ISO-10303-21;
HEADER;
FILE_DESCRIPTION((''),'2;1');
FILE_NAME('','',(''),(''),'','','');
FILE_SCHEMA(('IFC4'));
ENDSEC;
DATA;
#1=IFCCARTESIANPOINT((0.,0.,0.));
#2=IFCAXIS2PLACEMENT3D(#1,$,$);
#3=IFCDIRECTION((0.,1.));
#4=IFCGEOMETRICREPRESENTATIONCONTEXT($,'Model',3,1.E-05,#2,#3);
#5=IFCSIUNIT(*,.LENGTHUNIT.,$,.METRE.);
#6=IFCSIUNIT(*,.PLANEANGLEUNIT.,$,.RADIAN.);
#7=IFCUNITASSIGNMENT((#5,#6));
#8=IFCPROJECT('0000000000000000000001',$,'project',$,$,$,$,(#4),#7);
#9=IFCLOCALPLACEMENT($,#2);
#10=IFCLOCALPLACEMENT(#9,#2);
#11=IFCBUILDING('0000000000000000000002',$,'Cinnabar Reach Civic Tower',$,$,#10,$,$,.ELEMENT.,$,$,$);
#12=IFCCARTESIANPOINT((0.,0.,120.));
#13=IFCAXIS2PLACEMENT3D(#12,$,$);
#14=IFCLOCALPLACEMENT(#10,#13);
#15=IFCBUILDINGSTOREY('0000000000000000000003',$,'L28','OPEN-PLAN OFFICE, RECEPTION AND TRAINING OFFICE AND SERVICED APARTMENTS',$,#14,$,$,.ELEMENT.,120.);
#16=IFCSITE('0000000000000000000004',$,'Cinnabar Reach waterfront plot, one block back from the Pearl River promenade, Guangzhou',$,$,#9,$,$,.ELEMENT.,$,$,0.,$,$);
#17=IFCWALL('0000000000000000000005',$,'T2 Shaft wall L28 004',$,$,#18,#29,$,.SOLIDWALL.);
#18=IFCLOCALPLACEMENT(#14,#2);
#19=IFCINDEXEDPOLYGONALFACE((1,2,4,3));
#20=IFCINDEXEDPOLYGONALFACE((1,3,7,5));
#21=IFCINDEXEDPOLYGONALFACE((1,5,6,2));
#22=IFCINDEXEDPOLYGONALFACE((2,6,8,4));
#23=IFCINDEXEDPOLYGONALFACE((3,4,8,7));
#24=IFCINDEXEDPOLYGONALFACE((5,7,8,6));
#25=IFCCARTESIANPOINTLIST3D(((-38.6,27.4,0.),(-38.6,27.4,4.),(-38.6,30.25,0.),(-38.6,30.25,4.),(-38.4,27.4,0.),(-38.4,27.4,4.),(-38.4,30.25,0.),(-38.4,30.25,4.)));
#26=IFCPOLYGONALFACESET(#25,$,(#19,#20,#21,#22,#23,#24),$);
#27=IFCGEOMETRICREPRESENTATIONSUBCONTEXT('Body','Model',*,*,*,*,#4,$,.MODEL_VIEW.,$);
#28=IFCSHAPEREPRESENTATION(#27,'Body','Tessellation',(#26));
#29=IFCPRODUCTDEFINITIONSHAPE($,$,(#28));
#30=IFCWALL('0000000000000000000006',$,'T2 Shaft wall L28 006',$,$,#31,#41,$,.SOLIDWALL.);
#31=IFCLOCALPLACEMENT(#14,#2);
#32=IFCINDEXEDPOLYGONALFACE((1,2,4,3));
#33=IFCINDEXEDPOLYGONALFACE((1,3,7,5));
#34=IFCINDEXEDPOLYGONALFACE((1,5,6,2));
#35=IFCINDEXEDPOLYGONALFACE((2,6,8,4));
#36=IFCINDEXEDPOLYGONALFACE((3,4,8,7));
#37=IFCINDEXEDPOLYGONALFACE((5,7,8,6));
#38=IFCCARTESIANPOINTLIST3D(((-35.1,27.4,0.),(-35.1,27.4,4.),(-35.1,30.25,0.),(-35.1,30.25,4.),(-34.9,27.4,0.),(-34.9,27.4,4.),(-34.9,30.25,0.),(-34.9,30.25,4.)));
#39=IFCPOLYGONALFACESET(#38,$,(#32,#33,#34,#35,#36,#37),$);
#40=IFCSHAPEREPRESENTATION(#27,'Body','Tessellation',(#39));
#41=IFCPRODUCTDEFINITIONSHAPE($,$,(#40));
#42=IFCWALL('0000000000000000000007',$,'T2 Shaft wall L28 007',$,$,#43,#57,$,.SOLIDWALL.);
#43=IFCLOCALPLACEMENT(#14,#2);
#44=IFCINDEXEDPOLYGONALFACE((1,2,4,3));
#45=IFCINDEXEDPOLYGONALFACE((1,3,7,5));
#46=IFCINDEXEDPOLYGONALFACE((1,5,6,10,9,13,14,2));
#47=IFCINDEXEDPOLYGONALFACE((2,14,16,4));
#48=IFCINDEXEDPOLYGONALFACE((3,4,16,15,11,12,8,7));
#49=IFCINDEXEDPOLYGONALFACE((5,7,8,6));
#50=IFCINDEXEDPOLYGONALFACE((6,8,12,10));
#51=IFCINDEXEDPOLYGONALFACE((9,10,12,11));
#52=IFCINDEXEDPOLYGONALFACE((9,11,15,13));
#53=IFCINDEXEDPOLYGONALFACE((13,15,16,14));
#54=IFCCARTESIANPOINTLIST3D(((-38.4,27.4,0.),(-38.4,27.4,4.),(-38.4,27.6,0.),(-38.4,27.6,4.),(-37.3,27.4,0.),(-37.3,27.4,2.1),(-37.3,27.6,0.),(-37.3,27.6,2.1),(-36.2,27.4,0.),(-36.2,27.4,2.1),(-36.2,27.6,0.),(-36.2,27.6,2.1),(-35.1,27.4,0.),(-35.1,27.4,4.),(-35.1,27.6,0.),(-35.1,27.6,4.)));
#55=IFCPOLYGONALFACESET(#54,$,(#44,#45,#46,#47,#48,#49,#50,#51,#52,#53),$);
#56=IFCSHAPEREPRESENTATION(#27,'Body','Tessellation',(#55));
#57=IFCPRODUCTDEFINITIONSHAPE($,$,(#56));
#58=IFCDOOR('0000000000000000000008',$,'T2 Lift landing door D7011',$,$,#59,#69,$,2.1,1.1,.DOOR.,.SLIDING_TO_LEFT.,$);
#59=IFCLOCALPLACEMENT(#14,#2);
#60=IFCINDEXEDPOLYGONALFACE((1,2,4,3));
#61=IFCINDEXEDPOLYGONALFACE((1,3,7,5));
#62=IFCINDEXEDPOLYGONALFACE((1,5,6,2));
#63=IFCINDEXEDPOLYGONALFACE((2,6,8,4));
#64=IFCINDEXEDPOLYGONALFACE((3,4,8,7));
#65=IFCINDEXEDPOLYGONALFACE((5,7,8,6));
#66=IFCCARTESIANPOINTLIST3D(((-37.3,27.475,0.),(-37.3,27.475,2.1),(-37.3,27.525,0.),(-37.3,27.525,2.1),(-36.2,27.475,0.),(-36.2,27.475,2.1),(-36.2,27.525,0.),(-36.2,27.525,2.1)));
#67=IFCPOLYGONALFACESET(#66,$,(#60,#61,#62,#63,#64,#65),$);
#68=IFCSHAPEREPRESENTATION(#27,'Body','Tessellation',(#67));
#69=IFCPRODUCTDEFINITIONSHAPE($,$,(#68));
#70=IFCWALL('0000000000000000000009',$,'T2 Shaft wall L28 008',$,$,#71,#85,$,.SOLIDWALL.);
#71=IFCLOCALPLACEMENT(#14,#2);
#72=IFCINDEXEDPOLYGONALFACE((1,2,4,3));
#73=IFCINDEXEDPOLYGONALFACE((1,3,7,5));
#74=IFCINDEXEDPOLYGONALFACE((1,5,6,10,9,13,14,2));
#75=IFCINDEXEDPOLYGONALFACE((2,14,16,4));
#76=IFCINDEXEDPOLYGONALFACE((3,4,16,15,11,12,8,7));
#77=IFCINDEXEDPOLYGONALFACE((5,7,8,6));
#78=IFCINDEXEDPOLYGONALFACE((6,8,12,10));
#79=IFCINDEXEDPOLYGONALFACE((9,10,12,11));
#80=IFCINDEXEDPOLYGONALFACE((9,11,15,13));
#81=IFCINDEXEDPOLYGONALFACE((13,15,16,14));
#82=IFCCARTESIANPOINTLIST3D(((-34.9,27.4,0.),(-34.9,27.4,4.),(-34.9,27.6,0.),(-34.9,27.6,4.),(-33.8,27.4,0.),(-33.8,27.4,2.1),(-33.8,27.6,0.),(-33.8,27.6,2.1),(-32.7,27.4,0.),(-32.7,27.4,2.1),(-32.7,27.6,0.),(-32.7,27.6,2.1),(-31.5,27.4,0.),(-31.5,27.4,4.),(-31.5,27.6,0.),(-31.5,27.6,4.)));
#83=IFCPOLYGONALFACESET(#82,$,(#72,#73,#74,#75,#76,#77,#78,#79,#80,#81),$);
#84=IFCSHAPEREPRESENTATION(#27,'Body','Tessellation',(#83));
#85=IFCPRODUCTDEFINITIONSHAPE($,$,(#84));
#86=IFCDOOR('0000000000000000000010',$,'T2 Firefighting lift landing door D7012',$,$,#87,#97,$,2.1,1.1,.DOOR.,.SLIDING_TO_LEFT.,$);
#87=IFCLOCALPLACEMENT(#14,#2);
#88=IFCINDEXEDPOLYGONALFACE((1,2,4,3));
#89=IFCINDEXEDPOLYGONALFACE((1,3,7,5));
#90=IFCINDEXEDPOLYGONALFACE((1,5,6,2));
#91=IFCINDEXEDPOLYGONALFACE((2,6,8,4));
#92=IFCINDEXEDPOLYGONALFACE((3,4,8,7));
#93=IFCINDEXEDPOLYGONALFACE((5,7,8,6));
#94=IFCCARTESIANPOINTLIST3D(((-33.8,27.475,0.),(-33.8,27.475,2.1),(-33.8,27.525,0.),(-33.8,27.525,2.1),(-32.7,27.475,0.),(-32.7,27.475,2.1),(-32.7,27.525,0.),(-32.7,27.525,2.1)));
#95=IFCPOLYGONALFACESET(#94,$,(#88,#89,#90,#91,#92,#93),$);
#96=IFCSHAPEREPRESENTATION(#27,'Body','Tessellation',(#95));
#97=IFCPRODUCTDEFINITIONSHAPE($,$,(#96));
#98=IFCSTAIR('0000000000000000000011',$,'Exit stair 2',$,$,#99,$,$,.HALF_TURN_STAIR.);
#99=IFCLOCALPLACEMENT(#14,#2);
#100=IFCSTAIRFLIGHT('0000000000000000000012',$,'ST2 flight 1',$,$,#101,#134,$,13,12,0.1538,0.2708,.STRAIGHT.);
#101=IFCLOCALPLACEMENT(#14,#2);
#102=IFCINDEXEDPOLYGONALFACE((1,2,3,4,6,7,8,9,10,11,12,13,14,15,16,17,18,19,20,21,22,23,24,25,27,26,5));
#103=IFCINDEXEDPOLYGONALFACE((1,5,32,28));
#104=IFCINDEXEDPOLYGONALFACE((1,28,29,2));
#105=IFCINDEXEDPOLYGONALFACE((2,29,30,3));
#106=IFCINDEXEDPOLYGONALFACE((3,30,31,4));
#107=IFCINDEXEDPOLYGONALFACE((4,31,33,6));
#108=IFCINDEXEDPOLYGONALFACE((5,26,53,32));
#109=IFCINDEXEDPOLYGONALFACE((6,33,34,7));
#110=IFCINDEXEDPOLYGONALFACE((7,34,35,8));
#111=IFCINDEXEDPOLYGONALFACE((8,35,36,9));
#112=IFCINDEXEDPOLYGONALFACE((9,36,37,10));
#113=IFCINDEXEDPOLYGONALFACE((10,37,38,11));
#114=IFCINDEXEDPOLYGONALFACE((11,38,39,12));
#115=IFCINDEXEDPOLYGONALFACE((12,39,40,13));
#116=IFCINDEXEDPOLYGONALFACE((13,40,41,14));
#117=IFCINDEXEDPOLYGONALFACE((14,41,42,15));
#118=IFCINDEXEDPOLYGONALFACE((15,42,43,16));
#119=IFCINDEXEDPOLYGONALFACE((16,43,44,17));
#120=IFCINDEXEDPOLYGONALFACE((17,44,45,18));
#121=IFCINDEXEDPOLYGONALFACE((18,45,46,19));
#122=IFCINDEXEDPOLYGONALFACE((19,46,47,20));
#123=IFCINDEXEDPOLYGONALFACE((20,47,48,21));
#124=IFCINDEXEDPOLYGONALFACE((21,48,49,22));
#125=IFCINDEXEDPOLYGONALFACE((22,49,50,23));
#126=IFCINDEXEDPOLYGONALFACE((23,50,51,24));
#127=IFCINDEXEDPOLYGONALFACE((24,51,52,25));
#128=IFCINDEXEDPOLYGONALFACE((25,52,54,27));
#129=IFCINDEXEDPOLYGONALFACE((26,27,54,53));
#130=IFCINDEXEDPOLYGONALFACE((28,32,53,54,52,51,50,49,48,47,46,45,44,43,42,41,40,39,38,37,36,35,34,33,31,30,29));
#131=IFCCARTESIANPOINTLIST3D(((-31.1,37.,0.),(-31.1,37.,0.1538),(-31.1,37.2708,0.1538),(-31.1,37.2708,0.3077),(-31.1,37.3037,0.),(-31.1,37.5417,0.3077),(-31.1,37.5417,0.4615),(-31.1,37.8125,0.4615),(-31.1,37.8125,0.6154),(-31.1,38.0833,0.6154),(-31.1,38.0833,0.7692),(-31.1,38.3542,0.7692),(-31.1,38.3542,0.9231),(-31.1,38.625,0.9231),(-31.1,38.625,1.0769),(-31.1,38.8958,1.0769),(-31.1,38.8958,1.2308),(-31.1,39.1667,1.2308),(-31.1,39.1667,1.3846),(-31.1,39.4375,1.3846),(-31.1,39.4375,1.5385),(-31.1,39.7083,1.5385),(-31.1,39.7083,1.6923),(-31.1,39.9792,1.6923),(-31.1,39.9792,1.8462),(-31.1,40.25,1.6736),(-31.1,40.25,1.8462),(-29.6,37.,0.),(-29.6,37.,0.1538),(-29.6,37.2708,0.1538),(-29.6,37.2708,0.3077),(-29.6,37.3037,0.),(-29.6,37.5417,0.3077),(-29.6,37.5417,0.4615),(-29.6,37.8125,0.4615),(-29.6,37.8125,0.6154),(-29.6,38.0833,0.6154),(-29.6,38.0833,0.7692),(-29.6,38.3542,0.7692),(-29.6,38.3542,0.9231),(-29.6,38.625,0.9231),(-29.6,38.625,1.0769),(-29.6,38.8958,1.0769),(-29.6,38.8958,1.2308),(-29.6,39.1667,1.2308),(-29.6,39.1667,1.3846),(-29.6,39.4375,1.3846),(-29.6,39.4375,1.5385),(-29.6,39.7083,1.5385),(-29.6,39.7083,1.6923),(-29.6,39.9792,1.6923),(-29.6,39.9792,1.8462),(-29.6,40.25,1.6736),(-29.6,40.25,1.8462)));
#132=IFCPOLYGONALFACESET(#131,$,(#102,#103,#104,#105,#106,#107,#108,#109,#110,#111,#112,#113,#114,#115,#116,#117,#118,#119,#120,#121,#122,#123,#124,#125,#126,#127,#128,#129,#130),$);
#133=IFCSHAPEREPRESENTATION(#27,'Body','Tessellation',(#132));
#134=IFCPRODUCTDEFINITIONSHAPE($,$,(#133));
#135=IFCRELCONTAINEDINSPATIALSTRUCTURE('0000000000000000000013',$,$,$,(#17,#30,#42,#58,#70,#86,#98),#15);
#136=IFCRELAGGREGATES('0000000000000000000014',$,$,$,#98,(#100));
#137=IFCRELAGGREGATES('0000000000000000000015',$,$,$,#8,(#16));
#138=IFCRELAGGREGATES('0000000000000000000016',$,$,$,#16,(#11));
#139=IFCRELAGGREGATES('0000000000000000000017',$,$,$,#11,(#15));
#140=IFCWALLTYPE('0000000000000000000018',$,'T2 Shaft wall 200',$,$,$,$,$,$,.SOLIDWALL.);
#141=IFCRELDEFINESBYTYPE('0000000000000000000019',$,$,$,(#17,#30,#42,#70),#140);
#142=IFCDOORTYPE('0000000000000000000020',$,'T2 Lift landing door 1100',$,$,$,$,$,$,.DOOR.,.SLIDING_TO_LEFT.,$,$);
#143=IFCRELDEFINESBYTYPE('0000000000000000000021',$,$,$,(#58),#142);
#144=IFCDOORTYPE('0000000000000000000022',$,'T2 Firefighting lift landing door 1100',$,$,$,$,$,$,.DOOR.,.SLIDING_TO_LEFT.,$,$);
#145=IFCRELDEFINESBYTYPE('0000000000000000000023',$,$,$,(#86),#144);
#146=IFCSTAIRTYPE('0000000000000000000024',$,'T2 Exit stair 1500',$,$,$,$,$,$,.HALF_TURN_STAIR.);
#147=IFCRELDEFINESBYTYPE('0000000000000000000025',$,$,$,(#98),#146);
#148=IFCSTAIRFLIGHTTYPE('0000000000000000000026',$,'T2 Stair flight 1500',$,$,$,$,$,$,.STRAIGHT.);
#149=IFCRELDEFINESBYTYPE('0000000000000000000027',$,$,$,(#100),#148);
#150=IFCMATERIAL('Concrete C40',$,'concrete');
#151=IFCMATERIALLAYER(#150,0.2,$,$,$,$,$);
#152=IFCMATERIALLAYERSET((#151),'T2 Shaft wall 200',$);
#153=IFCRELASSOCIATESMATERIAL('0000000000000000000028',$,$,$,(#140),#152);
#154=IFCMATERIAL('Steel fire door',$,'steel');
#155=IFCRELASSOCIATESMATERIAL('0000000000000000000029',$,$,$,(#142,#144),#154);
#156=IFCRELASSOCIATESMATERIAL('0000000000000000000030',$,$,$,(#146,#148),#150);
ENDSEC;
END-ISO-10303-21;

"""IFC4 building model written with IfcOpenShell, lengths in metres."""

from ifc_helpers import new_model, si_unit, direction, frame, frame_2d, origin, place, context, subcontext, project, spatial, polyline, rectangle, outline, extrude, material, layer, layer_set, type_object, element, fill, aggregate, save


model = new_model("IFC4")

# Units and contexts
model_context = context("Model", 3, precision=1e-05, world=origin(), true_north=direction((0.0, 1.0)))
body_context = subcontext(model_context, "Body", "Model", "MODEL_VIEW")
ifc_project = project(units=[si_unit("LENGTHUNIT", "METRE"), si_unit("PLANEANGLEUNIT", "RADIAN")], contexts=[model_context])

# Site, building, storey
site_placement = place(None, origin())
site = spatial("IfcSite", under=ifc_project, at=site_placement, Name="Cinnabar Reach waterfront plot, one block back from the Pearl River promenade, Guangzhou", CompositionType="ELEMENT", RefElevation=0.0)
building_placement = place(site_placement, origin())
building = spatial("IfcBuilding", under=site, at=building_placement, Name="Cinnabar Reach Civic Tower", CompositionType="ELEMENT")
storey_placement = place(building_placement, frame((0.0, 0.0, 120.0)))
storey = spatial("IfcBuildingStorey", under=building, at=storey_placement, Name="L28", Description="OPEN-PLAN OFFICE, RECEPTION AND TRAINING OFFICE AND SERVICED APARTMENTS", CompositionType="ELEMENT", Elevation=120.0)

# Shared definitions
ifc_material_1 = material(Name="Steel fire door", Category="steel")

# Walls
ifc_material_2 = material(Name="Concrete C40", Category="concrete")
ifc_layer_1 = layer(ifc_material_2, 0.2)
ifc_layer_set_1 = layer_set([ifc_layer_1], Name="T2 Shaft wall 200")
wall_type_1 = type_object("IfcWallType", Name="T2 Shaft wall 200", PredefinedType="SOLIDWALL", material=ifc_layer_set_1)
for number, where, z_axis, x_axis, name in (
    (1, (-38.5, 27.4, 0.0), (0.0, 0.0, 1.0), (0.0, 1.0, 0.0), "T2 Shaft wall L28 004"),
    (2, (-35.0, 27.4, 0.0), (0.0, 0.0, 1.0), (0.0, 1.0, 0.0), "T2 Shaft wall L28 006"),
):
    element("IfcWall", number, at=place(storey_placement, frame(where, z_axis=z_axis, x_axis=x_axis)), inside=storey, type_object=wall_type_1, Name=name, PredefinedType="SOLIDWALL", context=body_context, shape_type="SweptSolid", body=[
        extrude(rectangle(XDim=2.85, YDim=0.2, at=frame_2d((1.425, 0.0))), origin(), (0.0, 0.0, 1.0), 4.0),
    ])

# Walls, openings, doors
wall_1_placement = place(storey_placement, frame((-38.4, 27.5, 0.0), z_axis=(0.0, 0.0, 1.0), x_axis=(1.0, 0.0, 0.0)))
wall_1 = element("IfcWall", 3, at=wall_1_placement, inside=storey, type_object=wall_type_1, Name="T2 Shaft wall L28 007", PredefinedType="SOLIDWALL", context=body_context, shape_type="SweptSolid", body=[
    extrude(rectangle(XDim=3.3, YDim=0.2, at=frame_2d((1.65, 0.0))), origin(), (0.0, 0.0, 1.0), 4.0),
])
opening_1_placement = place(wall_1_placement, frame((1.1, 0.0, 0.0)))
opening_1 = element("IfcOpeningElement", 4, at=opening_1_placement, cuts=wall_1, PredefinedType="OPENING", context=body_context, shape_type="SweptSolid", body=[
    extrude(rectangle(XDim=1.1, YDim=2.1, at=frame_2d((0.55, 1.05))), frame((0.0, 0.11, 0.0), z_axis=(0.0, -1.0, 0.0), x_axis=(1.0, 0.0, 0.0)), (0.0, 0.0, 1.0), 0.22),
])
door_type_1 = type_object("IfcDoorType", Name="T2 Lift landing door 1100", OperationType="SLIDING_TO_LEFT", PredefinedType="DOOR", material=ifc_material_1)
door_1_placement = place(opening_1_placement, origin())
door_1 = element("IfcDoor", 5, at=door_1_placement, inside=storey, type_object=door_type_1, Name="T2 Lift landing door D7011", OperationType="SLIDING_TO_LEFT", OverallHeight=2.1, OverallWidth=1.1, PredefinedType="DOOR", context=body_context, shape_type="SweptSolid", body=[
    extrude(rectangle(XDim=1.1, YDim=2.1, at=frame_2d((0.55, 1.05))), frame((0.0, 0.025, 0.0), z_axis=(0.0, -1.0, 0.0), x_axis=(1.0, 0.0, 0.0)), (0.0, 0.0, 1.0), 0.05),
])
fill(opening_1, door_1)
wall_2_placement = place(storey_placement, frame((-34.9, 27.5, 0.0), z_axis=(0.0, 0.0, 1.0), x_axis=(1.0, 0.0, 0.0)))
wall_2 = element("IfcWall", 6, at=wall_2_placement, inside=storey, type_object=wall_type_1, Name="T2 Shaft wall L28 008", PredefinedType="SOLIDWALL", context=body_context, shape_type="SweptSolid", body=[
    extrude(rectangle(XDim=3.4, YDim=0.2, at=frame_2d((1.7, 0.0))), origin(), (0.0, 0.0, 1.0), 4.0),
])
opening_2_placement = place(wall_2_placement, frame((1.1, 0.0, 0.0)))
opening_2 = element("IfcOpeningElement", 7, at=opening_2_placement, cuts=wall_2, PredefinedType="OPENING", context=body_context, shape_type="SweptSolid", body=[
    extrude(rectangle(XDim=1.1, YDim=2.1, at=frame_2d((0.55, 1.05))), frame((0.0, 0.11, 0.0), z_axis=(0.0, -1.0, 0.0), x_axis=(1.0, 0.0, 0.0)), (0.0, 0.0, 1.0), 0.22),
])
door_type_2 = type_object("IfcDoorType", Name="T2 Firefighting lift landing door 1100", OperationType="SLIDING_TO_LEFT", PredefinedType="DOOR", material=ifc_material_1)
door_2_placement = place(opening_2_placement, origin())
door_2 = element("IfcDoor", 8, at=door_2_placement, inside=storey, type_object=door_type_2, Name="T2 Firefighting lift landing door D7012", OperationType="SLIDING_TO_LEFT", OverallHeight=2.1, OverallWidth=1.1, PredefinedType="DOOR", context=body_context, shape_type="SweptSolid", body=[
    extrude(rectangle(XDim=1.1, YDim=2.1, at=frame_2d((0.55, 1.05))), frame((0.0, 0.025, 0.0), z_axis=(0.0, -1.0, 0.0), x_axis=(1.0, 0.0, 0.0)), (0.0, 0.0, 1.0), 0.05),
])
fill(opening_2, door_2)

# Stair, stair flight
stair_type = type_object("IfcStairType", Name="T2 Exit stair 1500", PredefinedType="HALF_TURN_STAIR", material=ifc_material_2)
stair_placement = place(storey_placement, origin())
stair = element("IfcStair", 9, at=stair_placement, inside=storey, type_object=stair_type, Name="Exit stair 2", PredefinedType="HALF_TURN_STAIR")
stair_flight_type = type_object("IfcStairFlightType", Name="T2 Stair flight 1500", PredefinedType="STRAIGHT", material=ifc_material_2)
stair_flight_placement = place(storey_placement, frame((-30.35, 37.0, 0.0), z_axis=(0.0, 0.0, 1.0), x_axis=(0.0, 1.0, 0.0)))
stair_flight = element("IfcStairFlight", 10, at=stair_flight_placement, type_object=stair_flight_type, Name="ST2 flight 1", NumberOfRisers=13, NumberOfTreads=12, PredefinedType="STRAIGHT", RiserHeight=0.1538, TreadLength=0.2708, context=body_context, shape_type="SweptSolid", body=[
    extrude(outline(polyline([(0.0, 0.0), (0.0, 0.1538), (0.2708, 0.1538), (0.2708, 0.3077), (0.5417, 0.3077), (0.5417, 0.4615), (0.8125, 0.4615), (0.8125, 0.6154), (1.0833, 0.6154), (1.0833, 0.7692), (1.3542, 0.7692), (1.3542, 0.9231), (1.625, 0.9231), (1.625, 1.0769), (1.8958, 1.0769), (1.8958, 1.2308), (2.1667, 1.2308), (2.1667, 1.3846), (2.4375, 1.3846), (2.4375, 1.5385), (2.7083, 1.5385), (2.7083, 1.6923), (2.9792, 1.6923), (2.9792, 1.8462), (3.25, 1.8462), (3.25, 2.0), (3.25, 1.6736), (0.3037, 0.0), (0.0, 0.0)])), frame((0.0, 0.75, 0.0), z_axis=(0.0, -1.0, 0.0), x_axis=(1.0, 0.0, 0.0)), (0.0, 0.0, 1.0), 1.5),
])
aggregate(stair, [stair_flight])

save(model, "model.ifc")
